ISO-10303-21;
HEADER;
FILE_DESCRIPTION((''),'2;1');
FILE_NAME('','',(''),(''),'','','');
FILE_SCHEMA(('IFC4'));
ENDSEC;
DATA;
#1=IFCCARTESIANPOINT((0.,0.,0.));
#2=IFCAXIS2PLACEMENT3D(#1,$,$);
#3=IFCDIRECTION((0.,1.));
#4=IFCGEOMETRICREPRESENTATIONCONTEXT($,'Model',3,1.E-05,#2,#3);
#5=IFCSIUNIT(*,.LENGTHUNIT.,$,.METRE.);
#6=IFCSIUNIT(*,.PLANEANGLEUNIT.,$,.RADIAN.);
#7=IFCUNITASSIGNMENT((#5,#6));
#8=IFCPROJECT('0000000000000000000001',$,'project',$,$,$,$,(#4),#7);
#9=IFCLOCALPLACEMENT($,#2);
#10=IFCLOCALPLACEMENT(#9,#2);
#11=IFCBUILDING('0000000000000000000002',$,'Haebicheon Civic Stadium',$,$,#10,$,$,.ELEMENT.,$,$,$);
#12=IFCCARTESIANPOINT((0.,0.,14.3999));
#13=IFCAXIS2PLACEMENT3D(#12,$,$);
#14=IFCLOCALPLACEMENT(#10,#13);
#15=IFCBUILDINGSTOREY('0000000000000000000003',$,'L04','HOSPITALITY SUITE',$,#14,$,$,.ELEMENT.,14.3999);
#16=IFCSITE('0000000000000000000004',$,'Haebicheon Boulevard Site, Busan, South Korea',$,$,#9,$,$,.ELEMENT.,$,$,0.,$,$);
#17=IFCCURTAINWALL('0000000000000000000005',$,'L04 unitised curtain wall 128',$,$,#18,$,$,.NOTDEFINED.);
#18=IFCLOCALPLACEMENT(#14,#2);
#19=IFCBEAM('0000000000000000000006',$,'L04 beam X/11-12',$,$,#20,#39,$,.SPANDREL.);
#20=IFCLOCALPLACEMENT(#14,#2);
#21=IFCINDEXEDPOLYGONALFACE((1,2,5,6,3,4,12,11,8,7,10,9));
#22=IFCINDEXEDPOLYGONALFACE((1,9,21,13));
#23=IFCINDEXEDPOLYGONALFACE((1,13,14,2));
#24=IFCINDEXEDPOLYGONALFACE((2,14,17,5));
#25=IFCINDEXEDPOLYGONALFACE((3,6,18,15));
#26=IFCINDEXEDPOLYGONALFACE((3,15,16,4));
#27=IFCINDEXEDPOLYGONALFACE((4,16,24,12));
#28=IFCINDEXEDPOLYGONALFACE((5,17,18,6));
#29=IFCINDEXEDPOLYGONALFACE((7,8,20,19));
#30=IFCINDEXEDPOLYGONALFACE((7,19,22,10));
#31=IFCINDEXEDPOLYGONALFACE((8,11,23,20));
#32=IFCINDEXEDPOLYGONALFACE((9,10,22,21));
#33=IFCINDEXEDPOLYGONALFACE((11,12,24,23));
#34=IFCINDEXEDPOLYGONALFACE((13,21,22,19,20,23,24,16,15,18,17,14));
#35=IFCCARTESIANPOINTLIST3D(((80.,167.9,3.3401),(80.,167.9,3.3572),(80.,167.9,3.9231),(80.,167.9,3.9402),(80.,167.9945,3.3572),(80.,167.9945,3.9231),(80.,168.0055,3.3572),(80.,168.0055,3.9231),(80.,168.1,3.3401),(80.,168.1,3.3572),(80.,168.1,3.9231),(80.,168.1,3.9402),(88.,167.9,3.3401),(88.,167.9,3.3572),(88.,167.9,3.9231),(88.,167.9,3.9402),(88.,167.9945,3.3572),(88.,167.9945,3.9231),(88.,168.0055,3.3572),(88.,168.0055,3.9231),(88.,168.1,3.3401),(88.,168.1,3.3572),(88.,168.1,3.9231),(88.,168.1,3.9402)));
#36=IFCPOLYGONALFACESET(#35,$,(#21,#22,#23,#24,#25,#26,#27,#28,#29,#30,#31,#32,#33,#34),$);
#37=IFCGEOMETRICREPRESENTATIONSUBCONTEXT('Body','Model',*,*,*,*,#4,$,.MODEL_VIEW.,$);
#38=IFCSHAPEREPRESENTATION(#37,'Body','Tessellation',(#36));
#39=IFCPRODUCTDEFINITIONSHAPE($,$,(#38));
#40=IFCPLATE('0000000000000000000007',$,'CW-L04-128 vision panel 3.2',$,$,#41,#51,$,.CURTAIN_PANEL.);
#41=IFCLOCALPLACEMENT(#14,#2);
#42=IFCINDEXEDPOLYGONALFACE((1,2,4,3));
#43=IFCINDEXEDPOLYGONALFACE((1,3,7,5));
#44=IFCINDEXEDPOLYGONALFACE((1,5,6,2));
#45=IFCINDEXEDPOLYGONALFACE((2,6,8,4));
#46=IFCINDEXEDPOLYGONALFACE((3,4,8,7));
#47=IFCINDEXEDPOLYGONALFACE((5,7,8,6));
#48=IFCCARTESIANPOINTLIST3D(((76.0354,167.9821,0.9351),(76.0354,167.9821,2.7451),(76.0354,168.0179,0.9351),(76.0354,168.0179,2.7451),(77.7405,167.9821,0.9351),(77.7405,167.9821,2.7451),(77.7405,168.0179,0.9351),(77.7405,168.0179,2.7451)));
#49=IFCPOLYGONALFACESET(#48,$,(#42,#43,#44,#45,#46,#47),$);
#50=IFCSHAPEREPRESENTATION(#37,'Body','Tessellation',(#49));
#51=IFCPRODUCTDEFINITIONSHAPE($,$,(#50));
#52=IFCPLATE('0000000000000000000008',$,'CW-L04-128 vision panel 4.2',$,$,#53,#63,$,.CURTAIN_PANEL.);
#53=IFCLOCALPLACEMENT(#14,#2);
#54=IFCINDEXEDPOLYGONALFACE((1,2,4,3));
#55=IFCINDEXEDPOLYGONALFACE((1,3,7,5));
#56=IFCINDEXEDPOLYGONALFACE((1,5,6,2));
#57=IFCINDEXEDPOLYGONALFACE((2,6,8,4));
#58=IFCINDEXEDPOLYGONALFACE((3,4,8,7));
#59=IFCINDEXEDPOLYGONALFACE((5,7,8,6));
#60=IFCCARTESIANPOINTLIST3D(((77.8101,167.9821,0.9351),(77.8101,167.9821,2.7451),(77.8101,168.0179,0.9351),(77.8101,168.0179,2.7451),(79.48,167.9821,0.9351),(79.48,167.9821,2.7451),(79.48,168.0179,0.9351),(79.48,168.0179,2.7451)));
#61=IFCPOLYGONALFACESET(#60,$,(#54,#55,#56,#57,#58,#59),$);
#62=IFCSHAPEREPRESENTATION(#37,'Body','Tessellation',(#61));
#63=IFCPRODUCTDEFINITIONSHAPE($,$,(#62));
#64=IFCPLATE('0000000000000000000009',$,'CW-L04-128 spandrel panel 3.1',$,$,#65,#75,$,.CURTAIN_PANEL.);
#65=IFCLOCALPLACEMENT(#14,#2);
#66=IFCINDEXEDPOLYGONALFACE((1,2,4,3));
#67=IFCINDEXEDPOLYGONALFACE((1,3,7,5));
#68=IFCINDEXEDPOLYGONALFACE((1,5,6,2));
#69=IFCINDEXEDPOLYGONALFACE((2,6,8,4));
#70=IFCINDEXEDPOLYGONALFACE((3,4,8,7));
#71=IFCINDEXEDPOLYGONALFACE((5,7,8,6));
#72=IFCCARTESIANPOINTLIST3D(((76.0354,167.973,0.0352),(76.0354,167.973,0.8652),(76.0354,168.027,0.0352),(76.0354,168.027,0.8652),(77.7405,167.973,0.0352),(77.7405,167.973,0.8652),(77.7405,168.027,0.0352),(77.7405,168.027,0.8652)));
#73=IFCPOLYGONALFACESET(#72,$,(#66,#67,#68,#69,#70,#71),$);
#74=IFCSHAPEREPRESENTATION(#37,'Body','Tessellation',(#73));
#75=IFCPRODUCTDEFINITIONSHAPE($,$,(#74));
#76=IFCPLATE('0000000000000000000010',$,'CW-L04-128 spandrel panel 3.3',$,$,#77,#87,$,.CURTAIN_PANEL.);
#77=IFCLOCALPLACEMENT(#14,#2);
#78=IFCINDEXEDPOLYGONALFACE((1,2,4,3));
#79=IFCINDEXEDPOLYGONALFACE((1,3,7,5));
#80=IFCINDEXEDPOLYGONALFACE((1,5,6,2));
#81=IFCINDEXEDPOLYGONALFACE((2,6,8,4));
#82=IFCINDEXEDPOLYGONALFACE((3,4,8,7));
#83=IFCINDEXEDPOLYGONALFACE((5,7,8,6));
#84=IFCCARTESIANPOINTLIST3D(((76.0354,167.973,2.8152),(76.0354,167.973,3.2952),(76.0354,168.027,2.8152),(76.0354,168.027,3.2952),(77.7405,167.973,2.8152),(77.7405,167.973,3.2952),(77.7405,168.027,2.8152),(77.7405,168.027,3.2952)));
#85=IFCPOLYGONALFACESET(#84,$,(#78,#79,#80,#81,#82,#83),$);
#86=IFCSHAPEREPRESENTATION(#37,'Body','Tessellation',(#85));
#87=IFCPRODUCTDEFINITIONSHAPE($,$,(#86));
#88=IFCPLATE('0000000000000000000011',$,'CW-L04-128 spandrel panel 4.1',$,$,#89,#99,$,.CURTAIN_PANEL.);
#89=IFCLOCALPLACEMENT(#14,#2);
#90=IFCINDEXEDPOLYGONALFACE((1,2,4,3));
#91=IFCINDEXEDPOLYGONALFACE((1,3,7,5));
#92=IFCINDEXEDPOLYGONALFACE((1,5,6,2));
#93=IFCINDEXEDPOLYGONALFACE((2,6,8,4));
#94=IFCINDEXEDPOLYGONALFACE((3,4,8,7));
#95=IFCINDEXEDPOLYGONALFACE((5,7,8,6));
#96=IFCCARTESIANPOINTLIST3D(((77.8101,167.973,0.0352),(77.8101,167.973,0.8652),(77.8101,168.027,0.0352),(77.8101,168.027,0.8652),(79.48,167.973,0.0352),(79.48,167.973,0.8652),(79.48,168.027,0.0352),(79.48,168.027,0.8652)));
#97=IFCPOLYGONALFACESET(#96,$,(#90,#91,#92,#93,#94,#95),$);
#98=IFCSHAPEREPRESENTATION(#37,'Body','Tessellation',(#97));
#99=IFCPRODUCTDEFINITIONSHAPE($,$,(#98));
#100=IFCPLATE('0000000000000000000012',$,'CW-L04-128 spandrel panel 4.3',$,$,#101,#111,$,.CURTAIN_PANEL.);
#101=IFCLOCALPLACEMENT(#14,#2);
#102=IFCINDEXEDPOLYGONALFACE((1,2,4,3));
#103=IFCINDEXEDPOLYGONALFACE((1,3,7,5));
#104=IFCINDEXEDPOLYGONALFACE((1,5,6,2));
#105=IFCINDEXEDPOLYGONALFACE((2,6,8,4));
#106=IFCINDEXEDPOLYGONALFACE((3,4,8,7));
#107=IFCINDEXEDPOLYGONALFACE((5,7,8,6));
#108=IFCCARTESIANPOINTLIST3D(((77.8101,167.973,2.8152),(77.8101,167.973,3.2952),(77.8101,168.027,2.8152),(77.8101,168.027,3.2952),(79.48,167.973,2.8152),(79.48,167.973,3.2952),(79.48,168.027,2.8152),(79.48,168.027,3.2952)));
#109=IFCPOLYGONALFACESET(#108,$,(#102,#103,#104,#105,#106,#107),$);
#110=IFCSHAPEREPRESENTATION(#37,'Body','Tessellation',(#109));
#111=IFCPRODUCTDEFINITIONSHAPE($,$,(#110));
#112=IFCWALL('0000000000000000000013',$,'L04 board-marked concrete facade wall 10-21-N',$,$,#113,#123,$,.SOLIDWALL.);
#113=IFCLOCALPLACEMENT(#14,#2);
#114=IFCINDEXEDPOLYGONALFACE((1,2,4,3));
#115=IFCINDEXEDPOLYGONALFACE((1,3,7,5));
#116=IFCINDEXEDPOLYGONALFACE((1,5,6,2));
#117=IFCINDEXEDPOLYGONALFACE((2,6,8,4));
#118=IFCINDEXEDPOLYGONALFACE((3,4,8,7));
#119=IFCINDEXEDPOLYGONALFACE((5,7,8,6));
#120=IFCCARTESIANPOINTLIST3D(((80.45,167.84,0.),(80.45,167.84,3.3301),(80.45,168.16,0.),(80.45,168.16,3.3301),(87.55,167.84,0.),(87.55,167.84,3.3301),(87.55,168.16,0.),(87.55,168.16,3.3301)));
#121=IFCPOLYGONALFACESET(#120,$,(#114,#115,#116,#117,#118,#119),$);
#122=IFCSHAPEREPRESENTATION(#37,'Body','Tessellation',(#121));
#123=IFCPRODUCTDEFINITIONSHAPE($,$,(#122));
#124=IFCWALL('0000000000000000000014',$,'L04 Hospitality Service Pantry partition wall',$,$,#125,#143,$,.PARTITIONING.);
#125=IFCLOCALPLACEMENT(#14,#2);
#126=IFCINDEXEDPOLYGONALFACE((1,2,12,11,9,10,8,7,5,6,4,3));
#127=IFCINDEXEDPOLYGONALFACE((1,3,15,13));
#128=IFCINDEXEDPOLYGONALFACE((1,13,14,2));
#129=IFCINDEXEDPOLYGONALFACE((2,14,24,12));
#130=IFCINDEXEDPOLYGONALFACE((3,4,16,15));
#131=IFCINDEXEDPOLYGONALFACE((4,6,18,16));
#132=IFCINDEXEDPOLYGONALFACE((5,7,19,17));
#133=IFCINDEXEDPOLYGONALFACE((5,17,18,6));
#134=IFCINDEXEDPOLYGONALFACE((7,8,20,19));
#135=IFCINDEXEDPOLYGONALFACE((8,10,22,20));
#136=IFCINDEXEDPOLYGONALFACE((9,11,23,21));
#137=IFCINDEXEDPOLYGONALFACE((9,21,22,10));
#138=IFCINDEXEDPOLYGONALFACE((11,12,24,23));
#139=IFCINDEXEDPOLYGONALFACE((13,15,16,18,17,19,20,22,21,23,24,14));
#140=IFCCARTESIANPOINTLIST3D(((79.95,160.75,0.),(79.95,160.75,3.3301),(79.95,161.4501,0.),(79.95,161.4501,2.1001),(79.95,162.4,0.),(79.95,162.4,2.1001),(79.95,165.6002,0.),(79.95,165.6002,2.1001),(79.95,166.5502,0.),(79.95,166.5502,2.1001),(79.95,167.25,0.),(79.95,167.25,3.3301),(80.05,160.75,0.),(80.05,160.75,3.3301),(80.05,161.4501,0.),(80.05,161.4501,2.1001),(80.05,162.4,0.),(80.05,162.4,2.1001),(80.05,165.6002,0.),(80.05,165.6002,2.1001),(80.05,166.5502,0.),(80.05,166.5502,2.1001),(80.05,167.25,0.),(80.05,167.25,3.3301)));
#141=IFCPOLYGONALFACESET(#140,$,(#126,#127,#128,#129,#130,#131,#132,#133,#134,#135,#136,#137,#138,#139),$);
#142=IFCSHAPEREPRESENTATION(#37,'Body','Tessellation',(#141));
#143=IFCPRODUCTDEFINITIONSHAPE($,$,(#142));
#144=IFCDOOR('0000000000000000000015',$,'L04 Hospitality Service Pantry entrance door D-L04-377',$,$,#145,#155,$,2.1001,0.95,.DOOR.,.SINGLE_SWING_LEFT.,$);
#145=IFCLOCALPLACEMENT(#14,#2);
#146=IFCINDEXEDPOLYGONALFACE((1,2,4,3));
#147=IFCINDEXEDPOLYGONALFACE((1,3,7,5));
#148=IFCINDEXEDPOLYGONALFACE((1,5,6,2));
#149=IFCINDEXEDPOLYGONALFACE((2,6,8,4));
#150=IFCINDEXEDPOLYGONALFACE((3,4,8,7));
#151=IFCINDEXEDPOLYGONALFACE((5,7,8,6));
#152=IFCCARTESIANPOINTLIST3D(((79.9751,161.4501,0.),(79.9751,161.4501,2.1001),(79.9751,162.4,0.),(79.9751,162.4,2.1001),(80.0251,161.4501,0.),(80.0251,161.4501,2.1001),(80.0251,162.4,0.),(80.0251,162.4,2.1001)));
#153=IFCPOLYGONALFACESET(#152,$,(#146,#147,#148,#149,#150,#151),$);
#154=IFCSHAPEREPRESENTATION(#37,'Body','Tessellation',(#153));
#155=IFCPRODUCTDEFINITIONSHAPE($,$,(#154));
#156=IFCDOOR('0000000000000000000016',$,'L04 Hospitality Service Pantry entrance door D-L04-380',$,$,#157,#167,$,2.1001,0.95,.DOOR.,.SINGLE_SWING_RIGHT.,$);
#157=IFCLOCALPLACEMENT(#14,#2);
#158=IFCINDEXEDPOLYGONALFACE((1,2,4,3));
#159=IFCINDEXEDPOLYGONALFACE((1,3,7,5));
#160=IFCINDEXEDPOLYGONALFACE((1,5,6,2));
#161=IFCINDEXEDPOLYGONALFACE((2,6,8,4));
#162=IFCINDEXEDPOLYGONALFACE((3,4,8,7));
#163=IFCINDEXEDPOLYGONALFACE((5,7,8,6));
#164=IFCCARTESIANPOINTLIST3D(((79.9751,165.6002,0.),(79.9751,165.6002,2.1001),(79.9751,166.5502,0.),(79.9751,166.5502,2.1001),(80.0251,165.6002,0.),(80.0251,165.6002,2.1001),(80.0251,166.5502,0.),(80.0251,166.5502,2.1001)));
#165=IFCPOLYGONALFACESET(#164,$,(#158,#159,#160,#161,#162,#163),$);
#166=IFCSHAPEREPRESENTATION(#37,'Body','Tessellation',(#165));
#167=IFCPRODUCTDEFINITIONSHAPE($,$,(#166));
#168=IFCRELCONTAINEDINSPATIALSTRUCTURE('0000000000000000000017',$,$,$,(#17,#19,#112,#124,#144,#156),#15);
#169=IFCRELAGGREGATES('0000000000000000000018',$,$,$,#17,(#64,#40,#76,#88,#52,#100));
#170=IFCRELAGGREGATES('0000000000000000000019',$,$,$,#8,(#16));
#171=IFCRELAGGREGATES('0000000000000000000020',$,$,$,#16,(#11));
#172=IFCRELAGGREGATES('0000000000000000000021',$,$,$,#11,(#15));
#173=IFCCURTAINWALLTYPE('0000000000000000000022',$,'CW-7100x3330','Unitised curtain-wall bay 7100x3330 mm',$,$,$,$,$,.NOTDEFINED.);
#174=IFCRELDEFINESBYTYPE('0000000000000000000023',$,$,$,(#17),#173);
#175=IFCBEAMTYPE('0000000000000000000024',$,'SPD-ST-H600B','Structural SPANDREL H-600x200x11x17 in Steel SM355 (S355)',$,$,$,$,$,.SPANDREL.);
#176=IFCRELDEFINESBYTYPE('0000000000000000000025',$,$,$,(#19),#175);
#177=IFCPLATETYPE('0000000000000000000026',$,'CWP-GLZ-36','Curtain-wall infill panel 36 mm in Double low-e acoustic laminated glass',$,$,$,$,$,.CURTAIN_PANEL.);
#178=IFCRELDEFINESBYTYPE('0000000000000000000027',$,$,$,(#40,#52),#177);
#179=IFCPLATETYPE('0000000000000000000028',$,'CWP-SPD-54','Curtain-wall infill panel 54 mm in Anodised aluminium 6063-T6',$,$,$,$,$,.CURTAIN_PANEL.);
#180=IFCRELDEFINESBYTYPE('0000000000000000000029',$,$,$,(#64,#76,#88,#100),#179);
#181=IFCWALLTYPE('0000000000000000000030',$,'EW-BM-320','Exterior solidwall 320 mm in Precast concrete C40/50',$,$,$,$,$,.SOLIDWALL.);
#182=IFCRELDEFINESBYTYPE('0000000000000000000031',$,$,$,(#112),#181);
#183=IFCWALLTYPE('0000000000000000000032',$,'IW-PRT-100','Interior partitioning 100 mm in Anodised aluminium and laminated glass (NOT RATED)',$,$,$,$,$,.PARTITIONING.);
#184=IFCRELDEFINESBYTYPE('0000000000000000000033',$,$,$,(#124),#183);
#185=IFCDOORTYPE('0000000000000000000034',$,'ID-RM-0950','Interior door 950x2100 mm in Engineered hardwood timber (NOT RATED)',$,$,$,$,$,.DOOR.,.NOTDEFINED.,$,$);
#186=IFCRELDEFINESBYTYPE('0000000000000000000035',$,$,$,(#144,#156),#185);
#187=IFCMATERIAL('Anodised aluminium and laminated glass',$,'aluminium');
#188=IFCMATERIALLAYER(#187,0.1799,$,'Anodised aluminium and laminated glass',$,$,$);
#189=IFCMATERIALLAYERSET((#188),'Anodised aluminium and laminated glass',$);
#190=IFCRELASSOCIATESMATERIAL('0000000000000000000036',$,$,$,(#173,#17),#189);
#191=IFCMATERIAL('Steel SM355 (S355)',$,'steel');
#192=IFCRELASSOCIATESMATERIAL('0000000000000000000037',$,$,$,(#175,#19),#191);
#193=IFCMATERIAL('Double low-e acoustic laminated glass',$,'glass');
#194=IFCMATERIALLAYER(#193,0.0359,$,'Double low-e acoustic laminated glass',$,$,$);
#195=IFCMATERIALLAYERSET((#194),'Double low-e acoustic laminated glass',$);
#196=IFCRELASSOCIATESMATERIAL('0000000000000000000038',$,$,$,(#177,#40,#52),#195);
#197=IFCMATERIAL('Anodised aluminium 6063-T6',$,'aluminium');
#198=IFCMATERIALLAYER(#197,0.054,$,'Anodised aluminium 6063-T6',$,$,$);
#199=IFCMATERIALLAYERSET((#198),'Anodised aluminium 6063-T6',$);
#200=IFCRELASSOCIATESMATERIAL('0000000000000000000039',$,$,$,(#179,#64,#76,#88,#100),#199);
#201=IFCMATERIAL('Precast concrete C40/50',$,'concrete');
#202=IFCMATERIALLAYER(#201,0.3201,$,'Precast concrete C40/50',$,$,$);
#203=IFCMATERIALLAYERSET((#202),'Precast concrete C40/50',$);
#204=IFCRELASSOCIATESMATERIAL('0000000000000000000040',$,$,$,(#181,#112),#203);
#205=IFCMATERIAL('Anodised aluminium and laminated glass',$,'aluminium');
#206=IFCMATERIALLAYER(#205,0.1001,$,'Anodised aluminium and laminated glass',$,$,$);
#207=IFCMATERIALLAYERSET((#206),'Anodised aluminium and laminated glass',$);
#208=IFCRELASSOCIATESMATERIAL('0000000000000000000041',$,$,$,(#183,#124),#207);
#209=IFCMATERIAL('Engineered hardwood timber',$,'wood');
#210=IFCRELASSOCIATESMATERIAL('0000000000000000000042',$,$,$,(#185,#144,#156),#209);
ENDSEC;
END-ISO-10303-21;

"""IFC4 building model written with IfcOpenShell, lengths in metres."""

from ifc_helpers import new_model, si_unit, direction, frame, frame_2d, origin, origin_2d, place, context, subcontext, project, spatial, rectangle, i_section, extrude, material, layer, layer_set, material_profile, profile_set, type_object, element, fill, aggregate, save


model = new_model("IFC4")

# Units and contexts
model_context = context("Model", 3, precision=1e-05, world=origin(), true_north=direction((0.0, 1.0)))
body_context = subcontext(model_context, "Body", "Model", "MODEL_VIEW")
ifc_project = project(units=[si_unit("LENGTHUNIT", "METRE"), si_unit("PLANEANGLEUNIT", "RADIAN")], contexts=[model_context])

# Site, building, storey
site_placement = place(None, origin())
site = spatial("IfcSite", under=ifc_project, at=site_placement, Name="Haebicheon Boulevard Site, Busan, South Korea", CompositionType="ELEMENT", RefElevation=0.0)
building_placement = place(site_placement, origin())
building = spatial("IfcBuilding", under=site, at=building_placement, Name="Haebicheon Civic Stadium", CompositionType="ELEMENT")
storey_placement = place(building_placement, frame((0.0, 0.0, 14.3999)))
storey = spatial("IfcBuildingStorey", under=building, at=storey_placement, Name="L04", Description="HOSPITALITY SUITE", CompositionType="ELEMENT", Elevation=14.3999)

# Curtain wall
ifc_material_1 = material(Name="Anodised aluminium and laminated glass", Category="aluminium")
ifc_layer_1 = layer(ifc_material_1, 0.1799, Name="Anodised aluminium and laminated glass")
ifc_layer_set_1 = layer_set([ifc_layer_1], Name="Anodised aluminium and laminated glass")
curtain_wall_type = type_object("IfcCurtainWallType", Name="CW-7100x3330", Description="Unitised curtain-wall bay 7100x3330 mm", PredefinedType="NOTDEFINED", material=ifc_layer_set_1)
curtain_wall_placement = place(storey_placement, origin())
curtain_wall = element("IfcCurtainWall", 1, at=curtain_wall_placement, inside=storey, type_object=curtain_wall_type, material=ifc_layer_set_1, Name="L04 unitised curtain wall 128", PredefinedType="NOTDEFINED")

# Beam
ifc_material_2 = material(Name="Steel SM355 (S355)", Category="steel")
ifc_material_profile_1 = material_profile(ifc_material_2, i_section(OverallWidth=0.2, OverallDepth=0.6001, WebThickness=0.011, FlangeThickness=0.0171, at=origin_2d()), Name="H-600x200x11x17")
ifc_profile_set_1 = profile_set([ifc_material_profile_1], Name="Steel SM355 (S355)")
beam_type_1 = type_object("IfcBeamType", Name="SPD-ST-H600B", Description="Structural SPANDREL H-600x200x11x17 in Steel SM355 (S355)", PredefinedType="SPANDREL", material=ifc_profile_set_1)
beam_1_placement = place(storey_placement, frame((80.0, 168.0, 3.6401), z_axis=(1.0, 0.0, 0.0), x_axis=(0.0, 1.0, 0.0)))
element("IfcBeam", 2, at=beam_1_placement, inside=storey, type_object=beam_type_1, material=ifc_profile_set_1, Name="L04 beam X/11-12", PredefinedType="SPANDREL", context=body_context, shape_type="SweptSolid", body=[
    extrude(i_section(OverallWidth=0.2, OverallDepth=0.6001, WebThickness=0.011, FlangeThickness=0.0171, at=origin_2d()), origin(), (0.0, 0.0, 1.0), 8.0),
])

# Plates
ifc_material_3 = material(Name="Double low-e acoustic laminated glass", Category="glass")
ifc_layer_2 = layer(ifc_material_3, 0.0359, Name="Double low-e acoustic laminated glass")
ifc_layer_set_2 = layer_set([ifc_layer_2], Name="Double low-e acoustic laminated glass")
plate_type_1 = type_object("IfcPlateType", Name="CWP-GLZ-36", Description="Curtain-wall infill panel 36 mm in Double low-e acoustic laminated glass", PredefinedType="CURTAIN_PANEL", material=ifc_layer_set_2)
plate_1_placement = place(storey_placement, frame((76.8879, 168.0, 0.9351), z_axis=(0.0, 0.0, 1.0), x_axis=(1.0, 0.0, 0.0)))
plate_1 = element("IfcPlate", 3, at=plate_1_placement, type_object=plate_type_1, material=ifc_layer_set_2, Name="CW-L04-128 vision panel 3.2", PredefinedType="CURTAIN_PANEL", context=body_context, shape_type="SweptSolid", body=[
    extrude(rectangle(XDim=1.7051, YDim=0.0359, at=origin_2d()), origin(), (0.0, 0.0, 1.0), 1.8101),
])
plate_2_placement = place(storey_placement, frame((78.645, 168.0, 0.9351), z_axis=(0.0, 0.0, 1.0), x_axis=(1.0, 0.0, 0.0)))
plate_2 = element("IfcPlate", 4, at=plate_2_placement, type_object=plate_type_1, material=ifc_layer_set_2, Name="CW-L04-128 vision panel 4.2", PredefinedType="CURTAIN_PANEL", context=body_context, shape_type="SweptSolid", body=[
    extrude(rectangle(XDim=1.6699, YDim=0.0359, at=origin_2d()), origin(), (0.0, 0.0, 1.0), 1.8101),
])
ifc_material_4 = material(Name="Anodised aluminium 6063-T6", Category="aluminium")
ifc_layer_3 = layer(ifc_material_4, 0.054, Name="Anodised aluminium 6063-T6")
ifc_layer_set_3 = layer_set([ifc_layer_3], Name="Anodised aluminium 6063-T6")
plate_type_2 = type_object("IfcPlateType", Name="CWP-SPD-54", Description="Curtain-wall infill panel 54 mm in Anodised aluminium 6063-T6", PredefinedType="CURTAIN_PANEL", material=ifc_layer_set_3)
plate_3_placement = place(storey_placement, frame((76.8879, 168.0, 0.0352), z_axis=(0.0, 0.0, 1.0), x_axis=(1.0, 0.0, 0.0)))
plate_3 = element("IfcPlate", 5, at=plate_3_placement, type_object=plate_type_2, material=ifc_layer_set_3, Name="CW-L04-128 spandrel panel 3.1", PredefinedType="CURTAIN_PANEL", context=body_context, shape_type="SweptSolid", body=[
    extrude(rectangle(XDim=1.7051, YDim=0.054, at=origin_2d()), origin(), (0.0, 0.0, 1.0), 0.8301),
])
plate_4_placement = place(storey_placement, frame((76.8879, 168.0, 2.8152), z_axis=(0.0, 0.0, 1.0), x_axis=(1.0, 0.0, 0.0)))
plate_4 = element("IfcPlate", 6, at=plate_4_placement, type_object=plate_type_2, material=ifc_layer_set_3, Name="CW-L04-128 spandrel panel 3.3", PredefinedType="CURTAIN_PANEL", context=body_context, shape_type="SweptSolid", body=[
    extrude(rectangle(XDim=1.7051, YDim=0.054, at=origin_2d()), origin(), (0.0, 0.0, 1.0), 0.48),
])
plate_5_placement = place(storey_placement, frame((78.645, 168.0, 0.0352), z_axis=(0.0, 0.0, 1.0), x_axis=(1.0, 0.0, 0.0)))
plate_5 = element("IfcPlate", 7, at=plate_5_placement, type_object=plate_type_2, material=ifc_layer_set_3, Name="CW-L04-128 spandrel panel 4.1", PredefinedType="CURTAIN_PANEL", context=body_context, shape_type="SweptSolid", body=[
    extrude(rectangle(XDim=1.6699, YDim=0.054, at=origin_2d()), origin(), (0.0, 0.0, 1.0), 0.8301),
])
plate_6_placement = place(storey_placement, frame((78.645, 168.0, 2.8152), z_axis=(0.0, 0.0, 1.0), x_axis=(1.0, 0.0, 0.0)))
plate_6 = element("IfcPlate", 8, at=plate_6_placement, type_object=plate_type_2, material=ifc_layer_set_3, Name="CW-L04-128 spandrel panel 4.3", PredefinedType="CURTAIN_PANEL", context=body_context, shape_type="SweptSolid", body=[
    extrude(rectangle(XDim=1.6699, YDim=0.054, at=origin_2d()), origin(), (0.0, 0.0, 1.0), 0.48),
])
aggregate(curtain_wall, [plate_3, plate_1, plate_4, plate_5, plate_2, plate_6])

# Wall
ifc_material_5 = material(Name="Precast concrete C40/50", Category="concrete")
ifc_layer_4 = layer(ifc_material_5, 0.3201, Name="Precast concrete C40/50")
ifc_layer_set_4 = layer_set([ifc_layer_4], Name="Precast concrete C40/50")
wall_type_1 = type_object("IfcWallType", Name="EW-BM-320", Description="Exterior solidwall 320 mm in Precast concrete C40/50", PredefinedType="SOLIDWALL", material=ifc_layer_set_4)
wall_1_placement = place(storey_placement, frame((80.45, 168.0, 0.0), z_axis=(0.0, 0.0, 1.0), x_axis=(1.0, 0.0, 0.0)))
element("IfcWall", 9, at=wall_1_placement, inside=storey, type_object=wall_type_1, material=ifc_layer_set_4, Name="L04 board-marked concrete facade wall 10-21-N", PredefinedType="SOLIDWALL", context=body_context, shape_type="SweptSolid", body=[
    extrude(rectangle(XDim=7.1001, YDim=0.3201, at=frame_2d((3.55, 0.0))), origin(), (0.0, 0.0, 1.0), 3.3301),
])

# Wall, openings, doors
ifc_material_6 = material(Name="Anodised aluminium and laminated glass", Category="aluminium")
ifc_layer_5 = layer(ifc_material_6, 0.1001, Name="Anodised aluminium and laminated glass")
ifc_layer_set_5 = layer_set([ifc_layer_5], Name="Anodised aluminium and laminated glass")
wall_type_2 = type_object("IfcWallType", Name="IW-PRT-100", Description="Interior partitioning 100 mm in Anodised aluminium and laminated glass (NOT RATED)", PredefinedType="PARTITIONING", material=ifc_layer_set_5)
wall_2_placement = place(storey_placement, frame((80.0, 160.75, 0.0), z_axis=(0.0, 0.0, 1.0), x_axis=(0.0, 1.0, 0.0)))
wall_2 = element("IfcWall", 10, at=wall_2_placement, inside=storey, type_object=wall_type_2, material=ifc_layer_set_5, Name="L04 Hospitality Service Pantry partition wall", PredefinedType="PARTITIONING", context=body_context, shape_type="SweptSolid", body=[
    extrude(rectangle(XDim=6.5, YDim=0.1001, at=frame_2d((3.25, 0.0))), origin(), (0.0, 0.0, 1.0), 3.3301),
])
opening_1_placement = place(wall_2_placement, frame((0.7, 0.0, 0.0)))
opening_1 = element("IfcOpeningElement", 11, at=opening_1_placement, cuts=wall_2, PredefinedType="OPENING", context=body_context, shape_type="SweptSolid", body=[
    extrude(rectangle(XDim=0.95, YDim=2.1001, at=frame_2d((0.4751, 1.05))), frame((0.0, 0.0601, 0.0), z_axis=(0.0, -1.0, 0.0), x_axis=(1.0, 0.0, 0.0)), (0.0, 0.0, 1.0), 0.1201),
])
opening_2_placement = place(wall_2_placement, frame((4.8501, 0.0, 0.0)))
opening_2 = element("IfcOpeningElement", 12, at=opening_2_placement, cuts=wall_2, PredefinedType="OPENING", context=body_context, shape_type="SweptSolid", body=[
    extrude(rectangle(XDim=0.95, YDim=2.1001, at=frame_2d((0.4751, 1.05))), frame((0.0, 0.0601, 0.0), z_axis=(0.0, -1.0, 0.0), x_axis=(1.0, 0.0, 0.0)), (0.0, 0.0, 1.0), 0.1201),
])
ifc_material_7 = material(Name="Engineered hardwood timber", Category="wood")
door_type = type_object("IfcDoorType", Name="ID-RM-0950", Description="Interior door 950x2100 mm in Engineered hardwood timber (NOT RATED)", OperationType="NOTDEFINED", PredefinedType="DOOR", material=ifc_material_7)
door_1_placement = place(opening_1_placement, origin())
door_1 = element("IfcDoor", 13, at=door_1_placement, inside=storey, type_object=door_type, material=ifc_material_7, Name="L04 Hospitality Service Pantry entrance door D-L04-377", OperationType="SINGLE_SWING_LEFT", OverallHeight=2.1001, OverallWidth=0.95, PredefinedType="DOOR", context=body_context, shape_type="SweptSolid", body=[
    extrude(rectangle(XDim=0.95, YDim=2.1001, at=frame_2d((0.4751, 1.05))), frame((0.0, 0.0249, 0.0), z_axis=(0.0, -1.0, 0.0), x_axis=(1.0, 0.0, 0.0)), (0.0, 0.0, 1.0), 0.05),
])
fill(opening_1, door_1)
door_2_placement = place(opening_2_placement, origin())
door_2 = element("IfcDoor", 14, at=door_2_placement, inside=storey, type_object=door_type, material=ifc_material_7, Name="L04 Hospitality Service Pantry entrance door D-L04-380", OperationType="SINGLE_SWING_RIGHT", OverallHeight=2.1001, OverallWidth=0.95, PredefinedType="DOOR", context=body_context, shape_type="SweptSolid", body=[
    extrude(rectangle(XDim=0.95, YDim=2.1001, at=frame_2d((0.4751, 1.05))), frame((0.0, 0.0249, 0.0), z_axis=(0.0, -1.0, 0.0), x_axis=(1.0, 0.0, 0.0)), (0.0, 0.0, 1.0), 0.05),
])
fill(opening_2, door_2)

save(model, "model.ifc")
